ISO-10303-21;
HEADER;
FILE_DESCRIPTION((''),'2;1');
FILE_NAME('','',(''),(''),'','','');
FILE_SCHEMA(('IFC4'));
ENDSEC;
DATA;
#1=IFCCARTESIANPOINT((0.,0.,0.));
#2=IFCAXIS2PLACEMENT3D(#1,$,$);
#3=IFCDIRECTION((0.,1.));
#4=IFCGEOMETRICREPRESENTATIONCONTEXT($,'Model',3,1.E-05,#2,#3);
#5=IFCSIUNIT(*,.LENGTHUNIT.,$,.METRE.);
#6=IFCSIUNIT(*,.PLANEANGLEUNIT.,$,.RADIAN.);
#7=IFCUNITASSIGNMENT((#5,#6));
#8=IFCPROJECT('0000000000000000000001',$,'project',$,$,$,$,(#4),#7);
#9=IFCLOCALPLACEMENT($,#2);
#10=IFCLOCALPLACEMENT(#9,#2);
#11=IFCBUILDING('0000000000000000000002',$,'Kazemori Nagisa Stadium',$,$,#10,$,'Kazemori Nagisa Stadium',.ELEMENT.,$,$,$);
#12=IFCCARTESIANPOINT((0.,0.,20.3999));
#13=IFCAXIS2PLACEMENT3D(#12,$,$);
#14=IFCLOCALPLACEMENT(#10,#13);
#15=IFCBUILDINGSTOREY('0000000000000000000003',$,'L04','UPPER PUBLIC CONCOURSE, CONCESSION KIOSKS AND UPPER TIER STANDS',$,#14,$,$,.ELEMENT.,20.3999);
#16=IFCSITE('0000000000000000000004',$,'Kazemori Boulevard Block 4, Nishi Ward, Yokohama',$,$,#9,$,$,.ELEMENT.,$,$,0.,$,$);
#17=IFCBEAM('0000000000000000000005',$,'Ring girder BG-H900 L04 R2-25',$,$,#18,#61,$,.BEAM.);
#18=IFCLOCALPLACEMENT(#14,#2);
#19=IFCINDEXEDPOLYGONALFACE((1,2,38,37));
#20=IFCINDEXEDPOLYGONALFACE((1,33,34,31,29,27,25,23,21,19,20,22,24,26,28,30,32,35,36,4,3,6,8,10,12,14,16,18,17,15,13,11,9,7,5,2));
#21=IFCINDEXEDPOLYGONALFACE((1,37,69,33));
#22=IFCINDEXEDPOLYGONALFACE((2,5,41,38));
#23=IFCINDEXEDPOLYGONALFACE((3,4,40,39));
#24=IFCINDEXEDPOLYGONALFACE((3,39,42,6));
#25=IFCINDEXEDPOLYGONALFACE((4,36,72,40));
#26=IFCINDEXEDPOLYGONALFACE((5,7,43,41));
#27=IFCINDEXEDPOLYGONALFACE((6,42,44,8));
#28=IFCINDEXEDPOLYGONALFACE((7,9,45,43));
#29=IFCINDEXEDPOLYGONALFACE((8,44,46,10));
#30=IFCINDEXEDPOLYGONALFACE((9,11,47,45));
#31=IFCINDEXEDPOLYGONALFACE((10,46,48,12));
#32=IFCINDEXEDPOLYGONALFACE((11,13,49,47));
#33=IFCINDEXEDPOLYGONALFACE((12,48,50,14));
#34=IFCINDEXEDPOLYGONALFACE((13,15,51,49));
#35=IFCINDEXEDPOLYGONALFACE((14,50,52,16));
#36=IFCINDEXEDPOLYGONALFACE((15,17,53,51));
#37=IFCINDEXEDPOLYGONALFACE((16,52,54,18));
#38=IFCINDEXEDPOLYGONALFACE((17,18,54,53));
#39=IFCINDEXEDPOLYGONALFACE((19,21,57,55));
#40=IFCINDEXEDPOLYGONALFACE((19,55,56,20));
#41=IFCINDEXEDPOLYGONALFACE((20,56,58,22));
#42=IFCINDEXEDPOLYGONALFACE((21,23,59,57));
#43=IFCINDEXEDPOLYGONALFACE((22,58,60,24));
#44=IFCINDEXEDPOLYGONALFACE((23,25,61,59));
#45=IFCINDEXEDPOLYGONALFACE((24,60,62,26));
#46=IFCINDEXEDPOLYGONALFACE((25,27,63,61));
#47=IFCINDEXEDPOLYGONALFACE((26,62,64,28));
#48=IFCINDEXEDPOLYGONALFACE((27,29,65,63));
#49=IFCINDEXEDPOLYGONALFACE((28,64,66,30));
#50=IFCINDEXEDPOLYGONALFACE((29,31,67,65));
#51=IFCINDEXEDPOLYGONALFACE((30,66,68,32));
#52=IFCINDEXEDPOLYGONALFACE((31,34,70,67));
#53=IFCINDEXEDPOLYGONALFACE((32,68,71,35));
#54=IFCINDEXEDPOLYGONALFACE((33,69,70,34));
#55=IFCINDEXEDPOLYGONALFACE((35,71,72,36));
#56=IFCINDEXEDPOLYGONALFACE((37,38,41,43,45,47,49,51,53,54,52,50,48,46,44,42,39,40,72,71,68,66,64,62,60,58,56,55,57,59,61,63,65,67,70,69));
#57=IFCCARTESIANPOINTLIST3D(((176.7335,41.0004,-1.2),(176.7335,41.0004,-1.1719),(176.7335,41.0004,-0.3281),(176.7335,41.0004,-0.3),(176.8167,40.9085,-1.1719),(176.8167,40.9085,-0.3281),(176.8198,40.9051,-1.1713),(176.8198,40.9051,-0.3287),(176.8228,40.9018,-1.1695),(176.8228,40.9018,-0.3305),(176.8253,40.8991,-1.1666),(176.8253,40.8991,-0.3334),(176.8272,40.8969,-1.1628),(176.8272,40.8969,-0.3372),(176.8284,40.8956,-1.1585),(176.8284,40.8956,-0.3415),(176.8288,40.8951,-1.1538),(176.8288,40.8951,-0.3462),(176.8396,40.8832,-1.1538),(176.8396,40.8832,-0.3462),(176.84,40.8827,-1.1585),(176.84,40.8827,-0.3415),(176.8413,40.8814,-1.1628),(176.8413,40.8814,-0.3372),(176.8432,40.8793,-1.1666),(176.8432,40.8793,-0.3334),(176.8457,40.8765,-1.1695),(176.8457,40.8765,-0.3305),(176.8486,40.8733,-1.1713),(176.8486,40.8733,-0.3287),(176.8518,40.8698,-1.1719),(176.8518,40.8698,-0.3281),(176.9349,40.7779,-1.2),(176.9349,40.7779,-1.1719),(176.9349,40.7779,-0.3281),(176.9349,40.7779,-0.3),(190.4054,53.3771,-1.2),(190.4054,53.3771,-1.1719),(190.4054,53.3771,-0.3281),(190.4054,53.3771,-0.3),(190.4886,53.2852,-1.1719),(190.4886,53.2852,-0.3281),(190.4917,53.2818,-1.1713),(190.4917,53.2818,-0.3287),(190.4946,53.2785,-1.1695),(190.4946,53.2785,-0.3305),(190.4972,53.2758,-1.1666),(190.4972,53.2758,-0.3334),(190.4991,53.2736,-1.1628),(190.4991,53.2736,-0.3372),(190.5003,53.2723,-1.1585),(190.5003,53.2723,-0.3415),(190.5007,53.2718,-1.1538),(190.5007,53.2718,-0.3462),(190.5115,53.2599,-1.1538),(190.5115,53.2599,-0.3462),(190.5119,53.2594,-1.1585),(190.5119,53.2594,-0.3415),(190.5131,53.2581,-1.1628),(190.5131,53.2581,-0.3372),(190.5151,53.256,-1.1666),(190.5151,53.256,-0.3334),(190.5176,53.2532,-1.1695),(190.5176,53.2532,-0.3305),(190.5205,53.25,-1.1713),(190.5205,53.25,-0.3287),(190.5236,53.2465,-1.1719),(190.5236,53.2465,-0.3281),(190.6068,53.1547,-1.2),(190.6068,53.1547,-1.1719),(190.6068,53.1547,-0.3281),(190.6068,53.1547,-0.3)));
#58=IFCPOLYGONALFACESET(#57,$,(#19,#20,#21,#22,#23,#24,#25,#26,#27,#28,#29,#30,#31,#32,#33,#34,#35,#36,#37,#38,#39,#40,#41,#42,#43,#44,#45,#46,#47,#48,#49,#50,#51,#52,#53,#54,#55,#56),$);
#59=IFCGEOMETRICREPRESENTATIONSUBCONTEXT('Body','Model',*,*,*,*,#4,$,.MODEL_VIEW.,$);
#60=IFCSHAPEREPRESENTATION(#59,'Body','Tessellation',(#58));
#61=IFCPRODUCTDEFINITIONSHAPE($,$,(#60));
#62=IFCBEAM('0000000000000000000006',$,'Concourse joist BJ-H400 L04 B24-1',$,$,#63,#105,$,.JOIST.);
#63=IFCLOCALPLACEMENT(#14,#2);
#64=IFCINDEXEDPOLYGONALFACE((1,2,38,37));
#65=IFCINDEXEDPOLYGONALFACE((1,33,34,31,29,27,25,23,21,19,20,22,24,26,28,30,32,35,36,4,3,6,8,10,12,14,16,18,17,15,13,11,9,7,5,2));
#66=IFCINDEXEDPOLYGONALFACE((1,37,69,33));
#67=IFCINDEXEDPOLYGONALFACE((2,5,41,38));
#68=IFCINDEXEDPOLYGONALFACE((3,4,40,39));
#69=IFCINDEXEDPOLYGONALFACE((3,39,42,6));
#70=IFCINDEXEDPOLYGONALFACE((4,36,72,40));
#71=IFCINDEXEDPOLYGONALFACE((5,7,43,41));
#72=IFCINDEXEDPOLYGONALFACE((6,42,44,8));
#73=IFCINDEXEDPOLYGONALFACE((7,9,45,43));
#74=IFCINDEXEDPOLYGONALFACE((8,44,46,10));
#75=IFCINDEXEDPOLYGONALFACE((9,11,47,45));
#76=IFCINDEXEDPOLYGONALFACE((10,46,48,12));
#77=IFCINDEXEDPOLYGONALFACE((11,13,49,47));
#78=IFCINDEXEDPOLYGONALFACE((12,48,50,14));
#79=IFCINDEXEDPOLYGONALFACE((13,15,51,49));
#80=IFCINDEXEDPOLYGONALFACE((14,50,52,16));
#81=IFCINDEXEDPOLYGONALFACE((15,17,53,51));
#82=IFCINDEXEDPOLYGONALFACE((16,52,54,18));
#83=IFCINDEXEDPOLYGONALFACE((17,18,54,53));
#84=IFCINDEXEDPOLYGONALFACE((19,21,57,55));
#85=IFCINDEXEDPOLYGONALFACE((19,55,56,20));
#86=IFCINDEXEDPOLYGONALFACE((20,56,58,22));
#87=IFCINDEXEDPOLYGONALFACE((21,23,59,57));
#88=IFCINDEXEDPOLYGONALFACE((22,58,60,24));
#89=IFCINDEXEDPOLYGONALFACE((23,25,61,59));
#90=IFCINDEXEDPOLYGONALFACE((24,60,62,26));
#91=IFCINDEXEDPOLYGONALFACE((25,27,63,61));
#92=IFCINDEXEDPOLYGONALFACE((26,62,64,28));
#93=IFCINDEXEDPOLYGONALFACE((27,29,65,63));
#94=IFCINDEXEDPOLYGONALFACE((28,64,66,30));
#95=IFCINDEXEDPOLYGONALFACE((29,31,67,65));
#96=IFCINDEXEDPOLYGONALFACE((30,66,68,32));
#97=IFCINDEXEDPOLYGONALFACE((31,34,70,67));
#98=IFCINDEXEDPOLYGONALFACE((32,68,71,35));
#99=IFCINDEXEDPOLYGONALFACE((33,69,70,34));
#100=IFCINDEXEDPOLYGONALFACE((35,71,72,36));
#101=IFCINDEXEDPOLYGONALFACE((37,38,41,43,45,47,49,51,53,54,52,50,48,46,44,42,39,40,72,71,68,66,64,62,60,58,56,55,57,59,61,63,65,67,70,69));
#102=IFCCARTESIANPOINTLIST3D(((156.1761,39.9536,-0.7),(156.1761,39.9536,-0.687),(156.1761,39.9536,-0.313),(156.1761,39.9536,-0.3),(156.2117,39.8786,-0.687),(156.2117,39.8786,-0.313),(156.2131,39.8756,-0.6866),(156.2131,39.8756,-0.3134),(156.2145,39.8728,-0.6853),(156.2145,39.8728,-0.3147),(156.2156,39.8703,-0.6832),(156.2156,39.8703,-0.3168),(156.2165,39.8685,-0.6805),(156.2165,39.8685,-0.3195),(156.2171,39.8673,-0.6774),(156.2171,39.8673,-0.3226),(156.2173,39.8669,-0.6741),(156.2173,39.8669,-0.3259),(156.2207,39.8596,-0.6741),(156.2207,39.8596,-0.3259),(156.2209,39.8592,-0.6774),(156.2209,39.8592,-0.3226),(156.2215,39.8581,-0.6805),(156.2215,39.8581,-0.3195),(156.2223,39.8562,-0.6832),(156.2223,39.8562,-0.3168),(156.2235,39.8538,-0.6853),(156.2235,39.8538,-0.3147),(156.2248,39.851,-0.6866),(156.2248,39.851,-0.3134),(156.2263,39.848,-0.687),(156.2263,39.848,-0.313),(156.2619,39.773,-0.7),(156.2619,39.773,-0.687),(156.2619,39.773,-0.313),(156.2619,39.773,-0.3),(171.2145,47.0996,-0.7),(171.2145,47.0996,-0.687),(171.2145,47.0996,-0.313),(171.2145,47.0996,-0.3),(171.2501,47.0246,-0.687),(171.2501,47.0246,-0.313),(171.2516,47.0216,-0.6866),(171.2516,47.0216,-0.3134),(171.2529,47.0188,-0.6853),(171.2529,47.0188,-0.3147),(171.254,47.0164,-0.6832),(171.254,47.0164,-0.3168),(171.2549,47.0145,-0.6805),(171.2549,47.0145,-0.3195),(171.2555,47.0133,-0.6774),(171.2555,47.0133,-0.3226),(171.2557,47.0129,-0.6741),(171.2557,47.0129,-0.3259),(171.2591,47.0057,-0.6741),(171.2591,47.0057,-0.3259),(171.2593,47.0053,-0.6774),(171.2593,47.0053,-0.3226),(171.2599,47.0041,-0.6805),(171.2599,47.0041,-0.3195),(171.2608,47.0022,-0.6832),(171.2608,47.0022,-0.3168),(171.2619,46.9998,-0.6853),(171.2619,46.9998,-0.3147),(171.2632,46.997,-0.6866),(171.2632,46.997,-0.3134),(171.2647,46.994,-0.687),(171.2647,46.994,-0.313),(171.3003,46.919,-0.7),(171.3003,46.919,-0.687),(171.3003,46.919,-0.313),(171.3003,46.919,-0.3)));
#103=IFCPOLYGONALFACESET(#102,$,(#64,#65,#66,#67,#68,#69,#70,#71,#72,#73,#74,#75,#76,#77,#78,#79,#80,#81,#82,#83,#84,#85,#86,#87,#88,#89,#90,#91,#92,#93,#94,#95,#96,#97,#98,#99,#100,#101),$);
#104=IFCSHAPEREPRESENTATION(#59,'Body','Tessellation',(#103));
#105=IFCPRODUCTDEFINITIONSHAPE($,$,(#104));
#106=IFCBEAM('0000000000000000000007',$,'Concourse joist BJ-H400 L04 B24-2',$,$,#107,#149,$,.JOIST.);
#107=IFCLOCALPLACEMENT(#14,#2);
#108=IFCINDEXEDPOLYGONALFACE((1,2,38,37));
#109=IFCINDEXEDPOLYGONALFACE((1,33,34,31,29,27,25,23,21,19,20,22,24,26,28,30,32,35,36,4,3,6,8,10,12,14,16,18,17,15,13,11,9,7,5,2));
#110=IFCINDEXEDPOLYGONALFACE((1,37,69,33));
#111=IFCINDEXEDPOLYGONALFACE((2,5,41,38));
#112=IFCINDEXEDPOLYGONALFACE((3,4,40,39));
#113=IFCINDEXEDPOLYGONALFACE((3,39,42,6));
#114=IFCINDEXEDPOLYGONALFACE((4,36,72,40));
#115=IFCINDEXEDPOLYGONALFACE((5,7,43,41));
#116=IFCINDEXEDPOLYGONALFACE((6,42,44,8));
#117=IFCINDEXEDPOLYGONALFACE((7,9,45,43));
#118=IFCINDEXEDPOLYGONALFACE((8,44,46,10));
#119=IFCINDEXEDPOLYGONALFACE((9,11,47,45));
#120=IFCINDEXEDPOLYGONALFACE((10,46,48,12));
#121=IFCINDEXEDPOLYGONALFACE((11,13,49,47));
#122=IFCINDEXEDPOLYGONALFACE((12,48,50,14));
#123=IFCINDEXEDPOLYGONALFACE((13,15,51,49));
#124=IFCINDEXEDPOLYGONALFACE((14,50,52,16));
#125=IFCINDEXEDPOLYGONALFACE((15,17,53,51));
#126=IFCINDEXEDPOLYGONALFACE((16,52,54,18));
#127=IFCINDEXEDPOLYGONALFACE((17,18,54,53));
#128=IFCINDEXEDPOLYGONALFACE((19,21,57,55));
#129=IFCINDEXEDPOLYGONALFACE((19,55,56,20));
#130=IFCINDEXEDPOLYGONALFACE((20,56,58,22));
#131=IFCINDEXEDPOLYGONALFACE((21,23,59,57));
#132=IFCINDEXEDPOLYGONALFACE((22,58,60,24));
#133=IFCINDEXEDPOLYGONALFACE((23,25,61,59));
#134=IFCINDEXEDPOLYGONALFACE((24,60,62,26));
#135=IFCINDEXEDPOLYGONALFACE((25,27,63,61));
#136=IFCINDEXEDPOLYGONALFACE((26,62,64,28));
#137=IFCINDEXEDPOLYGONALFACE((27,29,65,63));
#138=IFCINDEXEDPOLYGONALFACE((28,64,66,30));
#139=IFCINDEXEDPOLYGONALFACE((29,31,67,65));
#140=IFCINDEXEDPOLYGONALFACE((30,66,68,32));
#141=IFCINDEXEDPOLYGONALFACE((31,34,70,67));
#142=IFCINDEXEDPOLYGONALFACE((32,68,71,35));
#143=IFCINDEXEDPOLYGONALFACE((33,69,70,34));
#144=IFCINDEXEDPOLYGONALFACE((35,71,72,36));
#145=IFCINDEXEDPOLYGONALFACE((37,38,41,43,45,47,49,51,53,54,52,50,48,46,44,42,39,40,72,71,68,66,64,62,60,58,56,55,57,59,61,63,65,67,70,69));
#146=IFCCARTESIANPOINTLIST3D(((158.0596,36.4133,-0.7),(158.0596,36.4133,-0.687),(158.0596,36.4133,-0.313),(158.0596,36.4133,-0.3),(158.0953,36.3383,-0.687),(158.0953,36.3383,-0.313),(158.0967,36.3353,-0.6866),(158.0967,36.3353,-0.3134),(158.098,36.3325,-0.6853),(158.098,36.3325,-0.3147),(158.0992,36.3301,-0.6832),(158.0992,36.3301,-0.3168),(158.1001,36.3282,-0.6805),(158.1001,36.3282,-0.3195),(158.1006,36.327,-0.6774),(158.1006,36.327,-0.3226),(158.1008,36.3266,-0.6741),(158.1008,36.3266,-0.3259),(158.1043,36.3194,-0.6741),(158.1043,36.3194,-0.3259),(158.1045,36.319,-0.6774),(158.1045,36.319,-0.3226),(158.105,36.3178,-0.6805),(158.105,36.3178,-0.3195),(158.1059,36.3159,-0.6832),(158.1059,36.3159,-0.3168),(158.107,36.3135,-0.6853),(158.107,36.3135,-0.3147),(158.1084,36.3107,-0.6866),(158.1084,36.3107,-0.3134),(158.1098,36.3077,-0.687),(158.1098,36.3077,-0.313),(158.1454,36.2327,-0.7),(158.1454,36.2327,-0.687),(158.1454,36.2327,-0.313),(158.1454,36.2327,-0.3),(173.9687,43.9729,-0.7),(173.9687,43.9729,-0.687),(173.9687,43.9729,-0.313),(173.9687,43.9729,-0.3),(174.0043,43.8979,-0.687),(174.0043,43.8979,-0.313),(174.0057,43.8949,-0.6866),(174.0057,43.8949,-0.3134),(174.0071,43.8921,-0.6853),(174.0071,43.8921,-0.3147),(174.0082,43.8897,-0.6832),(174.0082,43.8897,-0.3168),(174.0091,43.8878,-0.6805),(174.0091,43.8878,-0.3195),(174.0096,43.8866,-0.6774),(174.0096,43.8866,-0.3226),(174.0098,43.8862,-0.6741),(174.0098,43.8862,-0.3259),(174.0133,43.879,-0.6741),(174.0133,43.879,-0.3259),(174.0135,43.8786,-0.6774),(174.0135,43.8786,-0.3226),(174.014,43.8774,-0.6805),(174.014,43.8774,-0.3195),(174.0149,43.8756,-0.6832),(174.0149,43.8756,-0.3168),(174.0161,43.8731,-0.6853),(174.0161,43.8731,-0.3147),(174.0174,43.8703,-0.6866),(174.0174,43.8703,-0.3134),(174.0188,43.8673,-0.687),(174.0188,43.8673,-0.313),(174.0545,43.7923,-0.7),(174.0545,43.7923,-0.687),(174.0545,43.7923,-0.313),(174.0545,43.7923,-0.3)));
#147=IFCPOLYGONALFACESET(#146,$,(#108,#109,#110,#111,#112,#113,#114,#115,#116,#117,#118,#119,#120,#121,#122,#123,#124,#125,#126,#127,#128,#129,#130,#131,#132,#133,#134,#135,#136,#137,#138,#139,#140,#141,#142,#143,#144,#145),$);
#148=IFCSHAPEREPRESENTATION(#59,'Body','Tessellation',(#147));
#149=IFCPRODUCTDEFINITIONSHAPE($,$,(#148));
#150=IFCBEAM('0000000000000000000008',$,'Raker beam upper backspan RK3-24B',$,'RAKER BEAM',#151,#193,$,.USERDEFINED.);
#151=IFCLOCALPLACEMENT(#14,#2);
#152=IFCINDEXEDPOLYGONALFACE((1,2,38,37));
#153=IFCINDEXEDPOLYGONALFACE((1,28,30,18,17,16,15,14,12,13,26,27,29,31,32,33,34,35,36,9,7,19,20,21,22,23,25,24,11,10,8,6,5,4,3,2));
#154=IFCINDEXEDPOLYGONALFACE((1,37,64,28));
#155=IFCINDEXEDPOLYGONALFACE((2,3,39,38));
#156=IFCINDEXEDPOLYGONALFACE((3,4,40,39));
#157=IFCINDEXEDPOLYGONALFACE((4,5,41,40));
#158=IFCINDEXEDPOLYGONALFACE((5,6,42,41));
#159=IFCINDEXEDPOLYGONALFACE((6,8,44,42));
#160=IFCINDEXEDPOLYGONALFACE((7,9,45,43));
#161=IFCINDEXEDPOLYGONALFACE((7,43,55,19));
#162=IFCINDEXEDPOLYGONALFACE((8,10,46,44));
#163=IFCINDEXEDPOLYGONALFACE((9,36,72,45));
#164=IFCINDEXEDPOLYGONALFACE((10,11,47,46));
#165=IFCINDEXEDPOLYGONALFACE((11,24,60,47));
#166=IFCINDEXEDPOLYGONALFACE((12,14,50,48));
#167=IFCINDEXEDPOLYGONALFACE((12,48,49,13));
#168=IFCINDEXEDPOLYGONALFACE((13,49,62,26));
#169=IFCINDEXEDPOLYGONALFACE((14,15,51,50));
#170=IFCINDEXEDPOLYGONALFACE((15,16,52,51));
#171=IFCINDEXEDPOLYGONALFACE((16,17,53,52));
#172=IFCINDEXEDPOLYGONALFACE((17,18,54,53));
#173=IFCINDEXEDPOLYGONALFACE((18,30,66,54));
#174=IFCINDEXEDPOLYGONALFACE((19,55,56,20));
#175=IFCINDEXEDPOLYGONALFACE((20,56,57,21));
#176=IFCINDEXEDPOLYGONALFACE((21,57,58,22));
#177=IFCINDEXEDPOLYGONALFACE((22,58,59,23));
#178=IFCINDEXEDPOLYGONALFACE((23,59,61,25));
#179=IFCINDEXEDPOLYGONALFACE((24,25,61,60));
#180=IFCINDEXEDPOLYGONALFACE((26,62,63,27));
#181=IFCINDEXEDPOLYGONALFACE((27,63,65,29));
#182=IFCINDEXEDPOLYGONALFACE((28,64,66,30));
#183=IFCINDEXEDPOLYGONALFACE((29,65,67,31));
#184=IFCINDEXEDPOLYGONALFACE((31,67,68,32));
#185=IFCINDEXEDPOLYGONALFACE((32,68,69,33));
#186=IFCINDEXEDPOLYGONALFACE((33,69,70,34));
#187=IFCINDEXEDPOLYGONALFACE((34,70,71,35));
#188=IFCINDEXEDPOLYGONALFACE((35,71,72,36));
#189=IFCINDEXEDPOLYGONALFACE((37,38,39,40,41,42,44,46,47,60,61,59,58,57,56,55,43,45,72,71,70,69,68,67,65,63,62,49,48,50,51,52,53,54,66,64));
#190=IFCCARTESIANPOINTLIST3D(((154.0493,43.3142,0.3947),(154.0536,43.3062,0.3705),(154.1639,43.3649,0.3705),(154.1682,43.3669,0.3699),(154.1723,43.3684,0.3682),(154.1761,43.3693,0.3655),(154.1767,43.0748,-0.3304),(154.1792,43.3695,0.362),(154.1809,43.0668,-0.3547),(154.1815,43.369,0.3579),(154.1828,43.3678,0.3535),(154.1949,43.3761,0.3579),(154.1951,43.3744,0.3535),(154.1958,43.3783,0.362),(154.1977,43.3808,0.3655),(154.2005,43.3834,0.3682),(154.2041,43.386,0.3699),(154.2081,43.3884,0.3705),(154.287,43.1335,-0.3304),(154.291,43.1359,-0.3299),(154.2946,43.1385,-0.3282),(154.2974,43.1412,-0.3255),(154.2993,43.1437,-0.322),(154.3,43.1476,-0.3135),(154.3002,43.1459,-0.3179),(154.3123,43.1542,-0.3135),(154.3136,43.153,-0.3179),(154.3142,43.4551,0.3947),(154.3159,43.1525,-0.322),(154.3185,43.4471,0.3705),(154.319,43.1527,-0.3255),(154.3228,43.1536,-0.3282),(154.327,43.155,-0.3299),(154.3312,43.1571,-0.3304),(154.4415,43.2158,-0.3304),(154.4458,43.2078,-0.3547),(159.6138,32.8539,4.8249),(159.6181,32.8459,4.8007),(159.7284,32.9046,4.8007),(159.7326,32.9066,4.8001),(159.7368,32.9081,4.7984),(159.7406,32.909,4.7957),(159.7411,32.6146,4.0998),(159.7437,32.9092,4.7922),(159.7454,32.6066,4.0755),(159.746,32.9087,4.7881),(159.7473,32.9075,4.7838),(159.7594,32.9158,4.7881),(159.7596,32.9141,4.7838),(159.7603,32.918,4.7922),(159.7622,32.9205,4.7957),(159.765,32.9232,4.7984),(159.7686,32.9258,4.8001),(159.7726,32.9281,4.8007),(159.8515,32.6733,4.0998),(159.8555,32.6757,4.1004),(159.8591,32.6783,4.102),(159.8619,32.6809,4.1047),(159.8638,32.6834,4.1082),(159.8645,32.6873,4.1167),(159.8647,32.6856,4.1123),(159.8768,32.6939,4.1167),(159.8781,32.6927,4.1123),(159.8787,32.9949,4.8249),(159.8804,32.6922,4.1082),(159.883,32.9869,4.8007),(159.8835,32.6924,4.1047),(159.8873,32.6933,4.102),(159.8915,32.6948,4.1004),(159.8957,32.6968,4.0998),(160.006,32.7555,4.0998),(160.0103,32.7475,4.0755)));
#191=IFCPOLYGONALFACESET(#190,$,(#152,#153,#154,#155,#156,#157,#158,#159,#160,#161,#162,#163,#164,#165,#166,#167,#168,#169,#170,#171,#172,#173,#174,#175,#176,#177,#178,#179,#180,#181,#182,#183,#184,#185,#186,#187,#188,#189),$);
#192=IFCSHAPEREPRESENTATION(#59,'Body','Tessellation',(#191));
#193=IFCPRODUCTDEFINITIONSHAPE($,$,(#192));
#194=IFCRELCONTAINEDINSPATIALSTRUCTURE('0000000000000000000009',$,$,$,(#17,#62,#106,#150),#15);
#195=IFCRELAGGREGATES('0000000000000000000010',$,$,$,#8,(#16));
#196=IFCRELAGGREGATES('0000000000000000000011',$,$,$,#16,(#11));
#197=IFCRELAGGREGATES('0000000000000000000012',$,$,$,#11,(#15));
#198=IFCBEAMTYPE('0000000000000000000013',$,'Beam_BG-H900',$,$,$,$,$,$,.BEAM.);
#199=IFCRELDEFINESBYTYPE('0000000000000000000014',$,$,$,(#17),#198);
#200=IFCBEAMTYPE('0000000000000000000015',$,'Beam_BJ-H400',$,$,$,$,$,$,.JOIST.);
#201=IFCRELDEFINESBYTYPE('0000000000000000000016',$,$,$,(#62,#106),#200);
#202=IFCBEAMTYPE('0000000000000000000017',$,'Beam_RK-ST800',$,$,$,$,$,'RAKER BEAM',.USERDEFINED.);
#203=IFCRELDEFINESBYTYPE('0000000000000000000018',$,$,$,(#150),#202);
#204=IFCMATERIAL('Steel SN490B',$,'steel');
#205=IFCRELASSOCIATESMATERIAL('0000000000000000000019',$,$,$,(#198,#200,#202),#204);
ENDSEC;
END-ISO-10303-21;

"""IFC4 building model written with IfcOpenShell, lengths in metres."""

from ifc_helpers import new_model, si_unit, direction, frame, origin, origin_2d, place, context, subcontext, project, spatial, i_section, extrude, material, material_profile, profile_set, type_object, element, save


model = new_model("IFC4")

# Units and contexts
model_context = context("Model", 3, precision=1e-05, world=origin(), true_north=direction((0.0, 1.0)))
body_context = subcontext(model_context, "Body", "Model", "MODEL_VIEW")
ifc_project = project(units=[si_unit("LENGTHUNIT", "METRE"), si_unit("PLANEANGLEUNIT", "RADIAN")], contexts=[model_context])

# Site, building, storey
site_placement = place(None, origin())
site = spatial("IfcSite", under=ifc_project, at=site_placement, Name="Kazemori Boulevard Block 4, Nishi Ward, Yokohama", CompositionType="ELEMENT", RefElevation=0.0)
building_placement = place(site_placement, origin())
building = spatial("IfcBuilding", under=site, at=building_placement, Name="Kazemori Nagisa Stadium", LongName="Kazemori Nagisa Stadium", CompositionType="ELEMENT")
storey_placement = place(building_placement, frame((0.0, 0.0, 20.3999)))
storey = spatial("IfcBuildingStorey", under=building, at=storey_placement, Name="L04", Description="UPPER PUBLIC CONCOURSE, CONCESSION KIOSKS AND UPPER TIER STANDS", CompositionType="ELEMENT", Elevation=20.3999)

# Beams
ifc_material_1 = material(Name="Steel SN490B", Category="steel")
ifc_material_profile_1 = material_profile(ifc_material_1, i_section(OverallWidth=0.3, OverallDepth=0.8999, WebThickness=0.0161, FlangeThickness=0.0281, FilletRadius=0.0181, at=origin_2d()), Name="H-900x300x16x28")
ifc_profile_set_1 = profile_set([ifc_material_profile_1], Name="Steel SN490B")
beam_type_1 = type_object("IfcBeamType", Name="Beam_BG-H900", PredefinedType="BEAM", material=ifc_profile_set_1)
beam_1_placement = place(storey_placement, frame((176.8342, 40.8892, -0.75), z_axis=(0.741349, 0.67112, 0.0), x_axis=(-0.67112, 0.741349, 0.0)))
element("IfcBeam", 1, at=beam_1_placement, inside=storey, type_object=beam_type_1, Name="Ring girder BG-H900 L04 R2-25", PredefinedType="BEAM", context=body_context, shape_type="SweptSolid", body=[
    extrude(i_section(OverallWidth=0.3, OverallDepth=0.8999, WebThickness=0.0161, FlangeThickness=0.0281, FilletRadius=0.0181, at=origin_2d()), origin(), (0.0, 0.0, 1.0), 18.4419),
])
ifc_material_profile_2 = material_profile(ifc_material_1, i_section(OverallWidth=0.2, OverallDepth=0.3999, WebThickness=0.0081, FlangeThickness=0.0129, FilletRadius=0.0129, at=origin_2d()), Name="H-400x200x8x13")
ifc_profile_set_2 = profile_set([ifc_material_profile_2], Name="Steel SN490B")
beam_type_2 = type_object("IfcBeamType", Name="Beam_BJ-H400", PredefinedType="JOIST", material=ifc_profile_set_2)
beam_2_placement = place(storey_placement, frame((156.219, 39.8633, -0.5), z_axis=(0.903213, 0.429193, 0.0), x_axis=(-0.429193, 0.903213, 0.0)))
element("IfcBeam", 2, at=beam_2_placement, inside=storey, type_object=beam_type_2, Name="Concourse joist BJ-H400 L04 B24-1", PredefinedType="JOIST", context=body_context, shape_type="SweptSolid", body=[
    extrude(i_section(OverallWidth=0.2, OverallDepth=0.3999, WebThickness=0.0081, FlangeThickness=0.0129, FilletRadius=0.0129, at=origin_2d()), origin(), (0.0, 0.0, 1.0), 16.6499),
])
beam_3_placement = place(storey_placement, frame((158.1025, 36.323, -0.5), z_axis=(0.903215, 0.429188, 0.0), x_axis=(-0.429188, 0.903215, 0.0)))
element("IfcBeam", 3, at=beam_3_placement, inside=storey, type_object=beam_type_2, Name="Concourse joist BJ-H400 L04 B24-2", PredefinedType="JOIST", context=body_context, shape_type="SweptSolid", body=[
    extrude(i_section(OverallWidth=0.2, OverallDepth=0.3999, WebThickness=0.0081, FlangeThickness=0.0129, FilletRadius=0.0129, at=origin_2d()), origin(), (0.0, 0.0, 1.0), 17.6138),
])
ifc_material_profile_3 = material_profile(ifc_material_1, i_section(OverallWidth=0.3, OverallDepth=0.8, WebThickness=0.0139, FlangeThickness=0.0259, FilletRadius=0.0181, at=origin_2d()), Name="H-800x300x14x26")
ifc_profile_set_3 = profile_set([ifc_material_profile_3], Name="Steel SN490B")
beam_type_3 = type_object("IfcBeamType", Name="Beam_RK-ST800", ElementType="RAKER BEAM", PredefinedType="USERDEFINED", material=ifc_profile_set_3)
beam_4_placement = place(storey_placement, frame((154.2476, 43.261, 0.02), z_axis=(0.439901, -0.826938, 0.35023), x_axis=(0.882854, 0.469647, 0.0)))
element("IfcBeam", 4, at=beam_4_placement, inside=storey, type_object=beam_type_3, Name="Raker beam upper backspan RK3-24B", ObjectType="RAKER BEAM", PredefinedType="USERDEFINED", context=body_context, shape_type="SweptSolid", body=[
    extrude(i_section(OverallWidth=0.3, OverallDepth=0.8, WebThickness=0.0139, FlangeThickness=0.0259, FilletRadius=0.0181, at=origin_2d()), origin(), (0.0, 0.0, 1.0), 12.6494),
])

save(model, "model.ifc")
